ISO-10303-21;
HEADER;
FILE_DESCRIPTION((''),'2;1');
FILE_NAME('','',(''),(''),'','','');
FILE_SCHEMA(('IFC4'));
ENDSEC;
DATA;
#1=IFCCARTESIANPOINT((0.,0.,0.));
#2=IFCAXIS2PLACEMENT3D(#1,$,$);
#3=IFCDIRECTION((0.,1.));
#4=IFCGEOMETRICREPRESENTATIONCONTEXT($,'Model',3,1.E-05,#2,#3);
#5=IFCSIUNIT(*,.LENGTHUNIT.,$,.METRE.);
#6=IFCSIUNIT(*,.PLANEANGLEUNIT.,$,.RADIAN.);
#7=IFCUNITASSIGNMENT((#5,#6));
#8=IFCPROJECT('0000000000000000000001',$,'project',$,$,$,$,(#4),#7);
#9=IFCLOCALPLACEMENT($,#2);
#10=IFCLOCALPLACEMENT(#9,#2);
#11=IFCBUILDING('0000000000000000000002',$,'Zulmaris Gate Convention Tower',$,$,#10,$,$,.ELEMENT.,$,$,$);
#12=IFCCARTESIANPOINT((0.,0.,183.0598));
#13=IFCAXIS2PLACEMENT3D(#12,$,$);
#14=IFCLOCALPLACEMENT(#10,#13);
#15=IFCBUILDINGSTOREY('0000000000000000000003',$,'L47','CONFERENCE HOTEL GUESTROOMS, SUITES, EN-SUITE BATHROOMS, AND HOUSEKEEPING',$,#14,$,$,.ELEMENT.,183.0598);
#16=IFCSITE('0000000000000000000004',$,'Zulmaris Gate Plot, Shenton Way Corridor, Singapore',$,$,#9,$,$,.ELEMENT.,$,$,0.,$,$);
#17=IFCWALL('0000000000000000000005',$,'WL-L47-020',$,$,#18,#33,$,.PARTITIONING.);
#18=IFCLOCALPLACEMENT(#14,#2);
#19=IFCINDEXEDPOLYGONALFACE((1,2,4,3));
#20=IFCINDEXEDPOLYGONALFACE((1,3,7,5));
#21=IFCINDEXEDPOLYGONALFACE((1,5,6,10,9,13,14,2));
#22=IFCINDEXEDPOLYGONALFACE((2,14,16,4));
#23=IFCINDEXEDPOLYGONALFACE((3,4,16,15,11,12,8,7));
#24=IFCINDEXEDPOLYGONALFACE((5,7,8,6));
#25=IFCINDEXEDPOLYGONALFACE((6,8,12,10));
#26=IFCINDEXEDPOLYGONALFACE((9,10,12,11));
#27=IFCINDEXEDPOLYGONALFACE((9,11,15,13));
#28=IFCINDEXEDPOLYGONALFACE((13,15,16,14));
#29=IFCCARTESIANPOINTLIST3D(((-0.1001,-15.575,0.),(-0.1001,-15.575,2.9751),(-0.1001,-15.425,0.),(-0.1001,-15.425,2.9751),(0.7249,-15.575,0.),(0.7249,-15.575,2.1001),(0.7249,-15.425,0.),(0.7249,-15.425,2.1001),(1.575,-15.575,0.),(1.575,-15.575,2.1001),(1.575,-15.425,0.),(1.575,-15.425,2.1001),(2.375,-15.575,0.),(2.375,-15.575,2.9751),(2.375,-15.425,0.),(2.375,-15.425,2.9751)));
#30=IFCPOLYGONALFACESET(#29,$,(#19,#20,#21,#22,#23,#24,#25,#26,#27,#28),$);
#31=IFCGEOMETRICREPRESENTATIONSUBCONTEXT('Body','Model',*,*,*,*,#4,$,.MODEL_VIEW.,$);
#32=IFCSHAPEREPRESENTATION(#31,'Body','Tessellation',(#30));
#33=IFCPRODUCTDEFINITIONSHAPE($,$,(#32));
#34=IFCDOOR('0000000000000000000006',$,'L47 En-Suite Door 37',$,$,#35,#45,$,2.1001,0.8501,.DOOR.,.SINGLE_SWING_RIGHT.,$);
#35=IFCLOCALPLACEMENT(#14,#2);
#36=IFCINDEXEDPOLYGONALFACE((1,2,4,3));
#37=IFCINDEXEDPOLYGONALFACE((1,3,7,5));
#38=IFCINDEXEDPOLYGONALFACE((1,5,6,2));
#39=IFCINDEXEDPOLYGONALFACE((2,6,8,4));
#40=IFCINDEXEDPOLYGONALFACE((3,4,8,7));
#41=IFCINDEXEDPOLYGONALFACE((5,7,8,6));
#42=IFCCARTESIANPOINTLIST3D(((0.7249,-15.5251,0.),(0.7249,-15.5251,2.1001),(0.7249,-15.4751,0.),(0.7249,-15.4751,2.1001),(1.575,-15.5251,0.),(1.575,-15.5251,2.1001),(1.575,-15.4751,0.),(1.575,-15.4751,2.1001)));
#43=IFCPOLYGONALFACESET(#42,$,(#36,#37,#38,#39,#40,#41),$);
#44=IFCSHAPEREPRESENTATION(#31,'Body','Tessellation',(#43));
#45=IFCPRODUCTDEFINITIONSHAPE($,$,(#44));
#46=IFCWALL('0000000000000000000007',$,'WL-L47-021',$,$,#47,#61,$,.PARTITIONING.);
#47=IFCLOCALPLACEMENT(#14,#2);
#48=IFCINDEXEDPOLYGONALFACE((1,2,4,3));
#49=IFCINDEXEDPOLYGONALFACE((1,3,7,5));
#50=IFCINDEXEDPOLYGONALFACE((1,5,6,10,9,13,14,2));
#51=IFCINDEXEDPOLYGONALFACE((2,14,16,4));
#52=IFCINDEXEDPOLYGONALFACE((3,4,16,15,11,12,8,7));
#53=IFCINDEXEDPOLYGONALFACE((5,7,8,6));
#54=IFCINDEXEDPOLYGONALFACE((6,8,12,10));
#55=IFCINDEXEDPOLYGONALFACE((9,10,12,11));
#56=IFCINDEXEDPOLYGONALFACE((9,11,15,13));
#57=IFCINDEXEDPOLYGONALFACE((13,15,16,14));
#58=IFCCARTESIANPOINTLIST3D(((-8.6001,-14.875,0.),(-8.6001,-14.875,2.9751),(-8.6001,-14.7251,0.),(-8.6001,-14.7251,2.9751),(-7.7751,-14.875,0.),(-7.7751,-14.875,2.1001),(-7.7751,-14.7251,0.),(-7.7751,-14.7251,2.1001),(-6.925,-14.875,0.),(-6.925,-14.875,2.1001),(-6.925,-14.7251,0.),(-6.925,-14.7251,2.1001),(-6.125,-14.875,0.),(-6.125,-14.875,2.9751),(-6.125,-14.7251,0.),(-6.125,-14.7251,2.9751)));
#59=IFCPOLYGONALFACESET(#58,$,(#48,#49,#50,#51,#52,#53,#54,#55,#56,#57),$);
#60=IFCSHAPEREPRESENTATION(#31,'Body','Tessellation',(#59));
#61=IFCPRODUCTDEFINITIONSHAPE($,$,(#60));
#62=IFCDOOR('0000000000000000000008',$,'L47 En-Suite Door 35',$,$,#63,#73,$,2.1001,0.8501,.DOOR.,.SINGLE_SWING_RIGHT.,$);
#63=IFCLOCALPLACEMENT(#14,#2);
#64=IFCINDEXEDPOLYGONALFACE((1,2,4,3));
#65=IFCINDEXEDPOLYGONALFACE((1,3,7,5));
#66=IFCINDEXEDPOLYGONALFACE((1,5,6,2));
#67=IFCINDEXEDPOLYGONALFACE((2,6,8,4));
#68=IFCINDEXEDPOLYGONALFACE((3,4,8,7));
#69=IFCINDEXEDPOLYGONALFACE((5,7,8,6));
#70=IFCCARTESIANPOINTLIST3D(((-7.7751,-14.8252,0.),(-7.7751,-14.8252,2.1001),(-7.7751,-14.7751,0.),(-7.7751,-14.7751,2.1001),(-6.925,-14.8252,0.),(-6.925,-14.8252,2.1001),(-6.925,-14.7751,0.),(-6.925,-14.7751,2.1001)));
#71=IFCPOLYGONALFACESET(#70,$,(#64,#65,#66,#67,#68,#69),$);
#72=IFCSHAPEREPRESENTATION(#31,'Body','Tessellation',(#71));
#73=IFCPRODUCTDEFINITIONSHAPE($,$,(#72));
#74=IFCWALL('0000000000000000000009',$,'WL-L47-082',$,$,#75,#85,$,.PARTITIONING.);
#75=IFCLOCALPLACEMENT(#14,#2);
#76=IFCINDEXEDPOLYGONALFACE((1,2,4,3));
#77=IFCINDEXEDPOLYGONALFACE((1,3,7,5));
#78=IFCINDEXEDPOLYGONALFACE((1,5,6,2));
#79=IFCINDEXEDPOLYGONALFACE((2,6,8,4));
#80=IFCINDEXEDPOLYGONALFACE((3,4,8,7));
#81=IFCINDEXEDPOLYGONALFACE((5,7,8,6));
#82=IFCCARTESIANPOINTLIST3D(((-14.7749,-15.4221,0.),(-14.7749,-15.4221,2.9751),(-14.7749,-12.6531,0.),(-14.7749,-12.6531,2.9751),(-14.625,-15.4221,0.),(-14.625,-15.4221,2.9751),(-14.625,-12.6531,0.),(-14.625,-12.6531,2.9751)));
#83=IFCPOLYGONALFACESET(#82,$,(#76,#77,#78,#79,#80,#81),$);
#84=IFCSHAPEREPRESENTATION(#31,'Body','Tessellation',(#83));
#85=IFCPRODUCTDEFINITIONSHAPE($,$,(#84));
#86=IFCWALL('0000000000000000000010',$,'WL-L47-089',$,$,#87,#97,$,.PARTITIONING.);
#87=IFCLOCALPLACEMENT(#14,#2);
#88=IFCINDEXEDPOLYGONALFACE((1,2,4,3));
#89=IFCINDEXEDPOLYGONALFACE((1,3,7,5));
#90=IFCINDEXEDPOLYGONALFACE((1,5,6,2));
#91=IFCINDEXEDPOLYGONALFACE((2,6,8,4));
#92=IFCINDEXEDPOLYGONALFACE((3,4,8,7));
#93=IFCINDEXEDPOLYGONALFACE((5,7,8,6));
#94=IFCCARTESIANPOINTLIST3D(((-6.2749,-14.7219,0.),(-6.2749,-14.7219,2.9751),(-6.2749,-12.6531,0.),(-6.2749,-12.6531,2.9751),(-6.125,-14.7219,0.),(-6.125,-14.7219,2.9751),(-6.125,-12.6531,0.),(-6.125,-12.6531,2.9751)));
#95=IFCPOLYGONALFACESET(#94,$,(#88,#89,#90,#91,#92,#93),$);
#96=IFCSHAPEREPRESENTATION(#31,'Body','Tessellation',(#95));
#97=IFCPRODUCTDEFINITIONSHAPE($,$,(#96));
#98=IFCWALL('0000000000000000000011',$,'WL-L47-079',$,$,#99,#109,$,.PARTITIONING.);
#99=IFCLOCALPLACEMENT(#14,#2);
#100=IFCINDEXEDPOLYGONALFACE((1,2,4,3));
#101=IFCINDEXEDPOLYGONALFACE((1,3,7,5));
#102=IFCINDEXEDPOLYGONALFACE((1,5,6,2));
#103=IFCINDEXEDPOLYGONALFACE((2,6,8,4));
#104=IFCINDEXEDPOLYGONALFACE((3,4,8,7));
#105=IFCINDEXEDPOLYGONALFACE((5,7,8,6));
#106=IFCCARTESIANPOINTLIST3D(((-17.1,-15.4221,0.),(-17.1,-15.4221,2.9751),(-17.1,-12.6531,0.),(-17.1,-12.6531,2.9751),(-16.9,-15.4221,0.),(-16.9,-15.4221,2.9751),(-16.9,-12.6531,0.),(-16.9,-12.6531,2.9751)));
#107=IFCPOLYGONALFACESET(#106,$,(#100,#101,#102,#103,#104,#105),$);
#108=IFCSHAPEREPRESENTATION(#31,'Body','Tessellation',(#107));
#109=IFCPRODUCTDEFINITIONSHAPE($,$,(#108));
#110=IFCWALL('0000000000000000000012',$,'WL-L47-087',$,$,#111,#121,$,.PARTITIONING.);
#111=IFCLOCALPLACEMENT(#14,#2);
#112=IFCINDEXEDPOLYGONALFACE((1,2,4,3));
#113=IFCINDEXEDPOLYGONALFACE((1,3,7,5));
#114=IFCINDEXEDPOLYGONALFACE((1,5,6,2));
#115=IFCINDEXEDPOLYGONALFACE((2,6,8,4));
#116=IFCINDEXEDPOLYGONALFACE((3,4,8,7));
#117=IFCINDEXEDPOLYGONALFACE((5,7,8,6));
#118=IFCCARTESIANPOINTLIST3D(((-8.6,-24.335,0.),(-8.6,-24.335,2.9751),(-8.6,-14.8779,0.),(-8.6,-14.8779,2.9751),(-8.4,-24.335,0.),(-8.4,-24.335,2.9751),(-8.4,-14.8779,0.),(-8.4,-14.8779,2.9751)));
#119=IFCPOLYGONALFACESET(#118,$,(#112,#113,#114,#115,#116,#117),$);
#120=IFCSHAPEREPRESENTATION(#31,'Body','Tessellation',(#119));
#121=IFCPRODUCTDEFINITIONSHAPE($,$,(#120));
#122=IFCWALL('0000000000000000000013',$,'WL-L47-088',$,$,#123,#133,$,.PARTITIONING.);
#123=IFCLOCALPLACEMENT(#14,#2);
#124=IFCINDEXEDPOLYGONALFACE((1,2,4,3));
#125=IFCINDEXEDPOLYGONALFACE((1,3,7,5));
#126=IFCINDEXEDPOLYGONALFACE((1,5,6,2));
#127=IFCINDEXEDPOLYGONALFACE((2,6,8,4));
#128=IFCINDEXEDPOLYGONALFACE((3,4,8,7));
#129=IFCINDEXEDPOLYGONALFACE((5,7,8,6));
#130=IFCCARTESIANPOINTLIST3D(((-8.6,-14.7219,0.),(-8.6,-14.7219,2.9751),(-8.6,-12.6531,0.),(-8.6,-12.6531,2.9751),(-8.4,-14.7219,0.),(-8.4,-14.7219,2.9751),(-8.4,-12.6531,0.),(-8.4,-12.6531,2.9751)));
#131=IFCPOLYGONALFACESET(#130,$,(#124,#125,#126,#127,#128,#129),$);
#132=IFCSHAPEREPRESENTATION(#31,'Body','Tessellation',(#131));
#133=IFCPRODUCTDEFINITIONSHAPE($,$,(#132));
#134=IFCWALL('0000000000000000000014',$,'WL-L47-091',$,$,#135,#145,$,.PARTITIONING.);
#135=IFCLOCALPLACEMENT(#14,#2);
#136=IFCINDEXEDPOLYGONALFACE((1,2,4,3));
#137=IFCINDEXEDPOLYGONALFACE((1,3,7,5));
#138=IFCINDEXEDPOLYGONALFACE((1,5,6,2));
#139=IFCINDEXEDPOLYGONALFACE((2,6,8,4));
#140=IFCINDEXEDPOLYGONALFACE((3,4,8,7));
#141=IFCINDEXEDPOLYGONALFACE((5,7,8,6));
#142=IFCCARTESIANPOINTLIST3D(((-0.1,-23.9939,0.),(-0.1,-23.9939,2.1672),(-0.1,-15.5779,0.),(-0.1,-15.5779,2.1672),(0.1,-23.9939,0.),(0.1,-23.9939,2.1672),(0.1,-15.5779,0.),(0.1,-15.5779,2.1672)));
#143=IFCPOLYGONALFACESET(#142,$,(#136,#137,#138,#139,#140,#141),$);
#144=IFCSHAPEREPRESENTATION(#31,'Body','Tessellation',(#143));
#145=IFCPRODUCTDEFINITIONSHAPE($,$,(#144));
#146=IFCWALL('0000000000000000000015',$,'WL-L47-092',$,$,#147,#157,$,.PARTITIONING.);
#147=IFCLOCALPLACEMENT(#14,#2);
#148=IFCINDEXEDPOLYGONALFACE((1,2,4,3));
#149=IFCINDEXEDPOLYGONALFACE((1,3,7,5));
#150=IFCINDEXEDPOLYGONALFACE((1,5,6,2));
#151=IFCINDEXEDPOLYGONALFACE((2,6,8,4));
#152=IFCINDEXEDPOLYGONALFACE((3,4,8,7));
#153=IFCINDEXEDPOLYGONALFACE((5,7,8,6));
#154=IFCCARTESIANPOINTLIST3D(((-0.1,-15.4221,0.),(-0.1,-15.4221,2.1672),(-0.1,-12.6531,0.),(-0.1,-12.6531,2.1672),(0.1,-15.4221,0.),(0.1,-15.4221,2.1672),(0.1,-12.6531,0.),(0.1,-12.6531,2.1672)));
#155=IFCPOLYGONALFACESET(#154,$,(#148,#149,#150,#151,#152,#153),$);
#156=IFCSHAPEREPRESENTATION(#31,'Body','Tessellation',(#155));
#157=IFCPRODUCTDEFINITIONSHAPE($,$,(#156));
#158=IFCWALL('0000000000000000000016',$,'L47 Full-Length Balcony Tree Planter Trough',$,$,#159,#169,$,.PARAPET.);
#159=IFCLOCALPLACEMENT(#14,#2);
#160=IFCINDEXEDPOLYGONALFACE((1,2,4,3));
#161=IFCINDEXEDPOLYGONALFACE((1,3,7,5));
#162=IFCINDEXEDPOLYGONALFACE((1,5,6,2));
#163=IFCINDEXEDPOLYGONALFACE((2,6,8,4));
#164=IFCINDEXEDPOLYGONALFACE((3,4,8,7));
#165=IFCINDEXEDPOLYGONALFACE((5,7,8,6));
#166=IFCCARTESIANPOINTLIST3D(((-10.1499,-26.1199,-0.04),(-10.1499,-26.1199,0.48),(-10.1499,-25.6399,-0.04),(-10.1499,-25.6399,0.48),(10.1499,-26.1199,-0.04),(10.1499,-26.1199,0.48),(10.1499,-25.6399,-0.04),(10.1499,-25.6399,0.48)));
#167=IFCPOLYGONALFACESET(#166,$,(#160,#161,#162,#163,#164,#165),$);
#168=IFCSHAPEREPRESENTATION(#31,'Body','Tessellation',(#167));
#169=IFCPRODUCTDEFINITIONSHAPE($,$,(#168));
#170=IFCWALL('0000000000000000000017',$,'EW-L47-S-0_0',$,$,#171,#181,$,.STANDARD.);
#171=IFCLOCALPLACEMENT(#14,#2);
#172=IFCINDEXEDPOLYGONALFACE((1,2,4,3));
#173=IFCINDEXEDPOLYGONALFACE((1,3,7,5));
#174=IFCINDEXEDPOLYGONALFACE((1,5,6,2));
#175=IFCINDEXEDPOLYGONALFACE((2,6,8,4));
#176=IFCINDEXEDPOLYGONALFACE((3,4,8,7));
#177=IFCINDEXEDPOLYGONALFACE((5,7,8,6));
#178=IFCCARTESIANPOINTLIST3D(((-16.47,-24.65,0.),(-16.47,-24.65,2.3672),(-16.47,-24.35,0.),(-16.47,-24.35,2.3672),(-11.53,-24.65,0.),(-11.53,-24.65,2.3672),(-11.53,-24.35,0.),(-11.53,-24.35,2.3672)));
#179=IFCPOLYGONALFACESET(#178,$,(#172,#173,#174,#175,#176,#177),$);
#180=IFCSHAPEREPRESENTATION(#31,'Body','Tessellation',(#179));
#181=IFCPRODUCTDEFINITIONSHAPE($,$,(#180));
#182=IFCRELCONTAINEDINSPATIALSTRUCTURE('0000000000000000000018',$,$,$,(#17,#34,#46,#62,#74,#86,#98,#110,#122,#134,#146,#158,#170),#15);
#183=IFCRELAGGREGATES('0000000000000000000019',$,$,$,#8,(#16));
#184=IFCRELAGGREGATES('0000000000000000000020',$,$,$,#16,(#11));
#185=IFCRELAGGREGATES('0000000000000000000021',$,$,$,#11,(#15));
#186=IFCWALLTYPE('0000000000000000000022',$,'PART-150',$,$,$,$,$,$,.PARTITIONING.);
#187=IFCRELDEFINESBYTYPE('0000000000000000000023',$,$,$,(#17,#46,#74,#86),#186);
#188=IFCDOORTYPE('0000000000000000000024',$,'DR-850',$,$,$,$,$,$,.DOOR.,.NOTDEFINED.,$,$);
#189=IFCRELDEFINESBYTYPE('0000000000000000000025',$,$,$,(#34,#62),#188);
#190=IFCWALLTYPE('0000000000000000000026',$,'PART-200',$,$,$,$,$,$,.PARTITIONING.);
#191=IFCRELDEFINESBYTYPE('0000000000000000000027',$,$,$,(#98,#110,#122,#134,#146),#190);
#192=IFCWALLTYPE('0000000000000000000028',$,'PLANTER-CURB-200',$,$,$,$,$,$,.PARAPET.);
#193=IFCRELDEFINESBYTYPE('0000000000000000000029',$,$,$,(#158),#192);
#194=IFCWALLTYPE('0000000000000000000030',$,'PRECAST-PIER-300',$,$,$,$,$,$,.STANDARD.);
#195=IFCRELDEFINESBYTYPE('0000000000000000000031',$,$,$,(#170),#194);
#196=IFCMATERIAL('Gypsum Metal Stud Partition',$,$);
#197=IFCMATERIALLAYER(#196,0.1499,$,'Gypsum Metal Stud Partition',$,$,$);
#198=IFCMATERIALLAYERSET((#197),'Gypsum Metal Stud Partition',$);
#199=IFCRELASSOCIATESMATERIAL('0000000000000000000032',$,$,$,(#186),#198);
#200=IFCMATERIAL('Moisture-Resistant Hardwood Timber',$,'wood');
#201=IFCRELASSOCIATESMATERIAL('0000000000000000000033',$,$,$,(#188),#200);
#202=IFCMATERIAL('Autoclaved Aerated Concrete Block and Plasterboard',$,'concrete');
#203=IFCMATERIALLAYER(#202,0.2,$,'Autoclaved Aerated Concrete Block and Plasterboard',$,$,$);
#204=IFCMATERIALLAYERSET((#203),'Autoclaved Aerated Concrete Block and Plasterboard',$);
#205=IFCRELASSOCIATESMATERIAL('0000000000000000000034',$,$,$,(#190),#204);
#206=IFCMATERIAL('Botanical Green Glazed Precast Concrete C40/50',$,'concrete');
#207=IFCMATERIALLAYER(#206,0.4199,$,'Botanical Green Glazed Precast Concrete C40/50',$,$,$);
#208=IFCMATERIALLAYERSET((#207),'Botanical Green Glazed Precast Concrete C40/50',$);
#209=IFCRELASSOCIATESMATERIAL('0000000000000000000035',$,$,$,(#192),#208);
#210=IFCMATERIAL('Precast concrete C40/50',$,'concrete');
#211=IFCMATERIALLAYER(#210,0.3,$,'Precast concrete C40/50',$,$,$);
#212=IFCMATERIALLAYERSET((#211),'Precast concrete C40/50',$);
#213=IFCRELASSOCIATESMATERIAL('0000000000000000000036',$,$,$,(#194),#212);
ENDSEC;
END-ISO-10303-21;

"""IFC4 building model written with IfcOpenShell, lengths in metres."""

from ifc_helpers import new_model, si_unit, direction, frame, frame_2d, origin, place, context, subcontext, project, spatial, rectangle, extrude, material, layer, layer_set, type_object, element, fill, save


model = new_model("IFC4")

# Units and contexts
model_context = context("Model", 3, precision=1e-05, world=origin(), true_north=direction((0.0, 1.0)))
body_context = subcontext(model_context, "Body", "Model", "MODEL_VIEW")
ifc_project = project(units=[si_unit("LENGTHUNIT", "METRE"), si_unit("PLANEANGLEUNIT", "RADIAN")], contexts=[model_context])

# Site, building, storey
site_placement = place(None, origin())
site = spatial("IfcSite", under=ifc_project, at=site_placement, Name="Zulmaris Gate Plot, Shenton Way Corridor, Singapore", CompositionType="ELEMENT", RefElevation=0.0)
building_placement = place(site_placement, origin())
building = spatial("IfcBuilding", under=site, at=building_placement, Name="Zulmaris Gate Convention Tower", CompositionType="ELEMENT")
storey_placement = place(building_placement, frame((0.0, 0.0, 183.0598)))
storey = spatial("IfcBuildingStorey", under=building, at=storey_placement, Name="L47", Description="CONFERENCE HOTEL GUESTROOMS, SUITES, EN-SUITE BATHROOMS, AND HOUSEKEEPING", CompositionType="ELEMENT", Elevation=183.0598)

# Walls, openings, doors
ifc_material_1 = material(Name="Gypsum Metal Stud Partition")
ifc_layer_1 = layer(ifc_material_1, 0.1499, Name="Gypsum Metal Stud Partition")
ifc_layer_set_1 = layer_set([ifc_layer_1], Name="Gypsum Metal Stud Partition")
wall_type_1 = type_object("IfcWallType", Name="PART-150", PredefinedType="PARTITIONING", material=ifc_layer_set_1)
wall_1_placement = place(storey_placement, frame((-0.1001, -15.5, 0.0), z_axis=(0.0, 0.0, 1.0), x_axis=(1.0, 0.0, 0.0)))
wall_1 = element("IfcWall", 1, at=wall_1_placement, inside=storey, type_object=wall_type_1, Name="WL-L47-020", PredefinedType="PARTITIONING", context=body_context, shape_type="SweptSolid", body=[
    extrude(rectangle(XDim=2.4751, YDim=0.1499, at=frame_2d((1.2375, 0.0))), origin(), (0.0, 0.0, 1.0), 2.9751),
])
opening_1_placement = place(wall_1_placement, frame((0.825, 0.0, 0.0)))
opening_1 = element("IfcOpeningElement", 2, at=opening_1_placement, cuts=wall_1, PredefinedType="OPENING", context=body_context, shape_type="SweptSolid", body=[
    extrude(rectangle(XDim=0.8501, YDim=2.1001, at=frame_2d((0.425, 1.05))), frame((0.0, 0.085, 0.0), z_axis=(0.0, -1.0, 0.0), x_axis=(1.0, 0.0, 0.0)), (0.0, 0.0, 1.0), 0.1699),
])
ifc_material_2 = material(Name="Moisture-Resistant Hardwood Timber", Category="wood")
door_type_1 = type_object("IfcDoorType", Name="DR-850", OperationType="NOTDEFINED", PredefinedType="DOOR", material=ifc_material_2)
door_1_placement = place(opening_1_placement, origin())
door_1 = element("IfcDoor", 3, at=door_1_placement, inside=storey, type_object=door_type_1, Name="L47 En-Suite Door 37", OperationType="SINGLE_SWING_RIGHT", OverallHeight=2.1001, OverallWidth=0.8501, PredefinedType="DOOR", context=body_context, shape_type="SweptSolid", body=[
    extrude(rectangle(XDim=0.8501, YDim=2.1001, at=frame_2d((0.425, 1.05))), frame((0.0, 0.0249, 0.0), z_axis=(0.0, -1.0, 0.0), x_axis=(1.0, 0.0, 0.0)), (0.0, 0.0, 1.0), 0.05),
])
fill(opening_1, door_1)
wall_2_placement = place(storey_placement, frame((-8.6001, -14.8, 0.0), z_axis=(0.0, 0.0, 1.0), x_axis=(1.0, 0.0, 0.0)))
wall_2 = element("IfcWall", 4, at=wall_2_placement, inside=storey, type_object=wall_type_1, Name="WL-L47-021", PredefinedType="PARTITIONING", context=body_context, shape_type="SweptSolid", body=[
    extrude(rectangle(XDim=2.4751, YDim=0.1499, at=frame_2d((1.2375, 0.0))), origin(), (0.0, 0.0, 1.0), 2.9751),
])
opening_2_placement = place(wall_2_placement, frame((0.825, 0.0, 0.0)))
opening_2 = element("IfcOpeningElement", 5, at=opening_2_placement, cuts=wall_2, PredefinedType="OPENING", context=body_context, shape_type="SweptSolid", body=[
    extrude(rectangle(XDim=0.8501, YDim=2.1001, at=frame_2d((0.425, 1.05))), frame((0.0, 0.085, 0.0), z_axis=(0.0, -1.0, 0.0), x_axis=(1.0, 0.0, 0.0)), (0.0, 0.0, 1.0), 0.1699),
])
door_2_placement = place(opening_2_placement, origin())
door_2 = element("IfcDoor", 6, at=door_2_placement, inside=storey, type_object=door_type_1, Name="L47 En-Suite Door 35", OperationType="SINGLE_SWING_RIGHT", OverallHeight=2.1001, OverallWidth=0.8501, PredefinedType="DOOR", context=body_context, shape_type="SweptSolid", body=[
    extrude(rectangle(XDim=0.8501, YDim=2.1001, at=frame_2d((0.425, 1.05))), frame((0.0, 0.0249, 0.0), z_axis=(0.0, -1.0, 0.0), x_axis=(1.0, 0.0, 0.0)), (0.0, 0.0, 1.0), 0.05),
])
fill(opening_2, door_2)

# Walls
wall_3_placement = place(storey_placement, frame((-14.7, -15.4221, 0.0), z_axis=(0.0, 0.0, 1.0), x_axis=(0.0, 1.0, 0.0)))
element("IfcWall", 7, at=wall_3_placement, inside=storey, type_object=wall_type_1, Name="WL-L47-082", PredefinedType="PARTITIONING", context=body_context, shape_type="SweptSolid", body=[
    extrude(rectangle(XDim=2.769, YDim=0.1499, at=frame_2d((1.3845, 0.0))), origin(), (0.0, 0.0, 1.0), 2.9751),
])
wall_4_placement = place(storey_placement, frame((-6.2, -14.7219, 0.0), z_axis=(0.0, 0.0, 1.0), x_axis=(0.0, 1.0, 0.0)))
element("IfcWall", 8, at=wall_4_placement, inside=storey, type_object=wall_type_1, Name="WL-L47-089", PredefinedType="PARTITIONING", context=body_context, shape_type="SweptSolid", body=[
    extrude(rectangle(XDim=2.0688, YDim=0.1499, at=frame_2d((1.0344, 0.0))), origin(), (0.0, 0.0, 1.0), 2.9751),
])
ifc_material_3 = material(Name="Autoclaved Aerated Concrete Block and Plasterboard", Category="concrete")
ifc_layer_2 = layer(ifc_material_3, 0.2, Name="Autoclaved Aerated Concrete Block and Plasterboard")
ifc_layer_set_2 = layer_set([ifc_layer_2], Name="Autoclaved Aerated Concrete Block and Plasterboard")
wall_type_2 = type_object("IfcWallType", Name="PART-200", PredefinedType="PARTITIONING", material=ifc_layer_set_2)
wall_5_placement = place(storey_placement, frame((-17.0, -15.4221, 0.0), z_axis=(0.0, 0.0, 1.0), x_axis=(0.0, 1.0, 0.0)))
element("IfcWall", 9, at=wall_5_placement, inside=storey, type_object=wall_type_2, Name="WL-L47-079", PredefinedType="PARTITIONING", context=body_context, shape_type="SweptSolid", body=[
    extrude(rectangle(XDim=2.769, YDim=0.2, at=frame_2d((1.3845, 0.0))), origin(), (0.0, 0.0, 1.0), 2.9751),
])
wall_6_placement = place(storey_placement, frame((-8.5, -24.335, 0.0), z_axis=(0.0, 0.0, 1.0), x_axis=(0.0, 1.0, 0.0)))
element("IfcWall", 10, at=wall_6_placement, inside=storey, type_object=wall_type_2, Name="WL-L47-087", PredefinedType="PARTITIONING", context=body_context, shape_type="SweptSolid", body=[
    extrude(rectangle(XDim=9.457, YDim=0.2, at=frame_2d((4.7285, 0.0))), origin(), (0.0, 0.0, 1.0), 2.9751),
])
wall_7_placement = place(storey_placement, frame((-8.5, -14.7219, 0.0), z_axis=(0.0, 0.0, 1.0), x_axis=(0.0, 1.0, 0.0)))
element("IfcWall", 11, at=wall_7_placement, inside=storey, type_object=wall_type_2, Name="WL-L47-088", PredefinedType="PARTITIONING", context=body_context, shape_type="SweptSolid", body=[
    extrude(rectangle(XDim=2.0688, YDim=0.2, at=frame_2d((1.0344, 0.0))), origin(), (0.0, 0.0, 1.0), 2.9751),
])
wall_8_placement = place(storey_placement, frame((0.0, -23.9939, 0.0), z_axis=(0.0, 0.0, 1.0), x_axis=(0.0, 1.0, 0.0)))
element("IfcWall", 12, at=wall_8_placement, inside=storey, type_object=wall_type_2, Name="WL-L47-091", PredefinedType="PARTITIONING", context=body_context, shape_type="SweptSolid", body=[
    extrude(rectangle(XDim=8.416, YDim=0.2, at=frame_2d((4.208, 0.0))), origin(), (0.0, 0.0, 1.0), 2.1672),
])
wall_9_placement = place(storey_placement, frame((0.0, -15.4221, 0.0), z_axis=(0.0, 0.0, 1.0), x_axis=(0.0, 1.0, 0.0)))
element("IfcWall", 13, at=wall_9_placement, inside=storey, type_object=wall_type_2, Name="WL-L47-092", PredefinedType="PARTITIONING", context=body_context, shape_type="SweptSolid", body=[
    extrude(rectangle(XDim=2.769, YDim=0.2, at=frame_2d((1.3845, 0.0))), origin(), (0.0, 0.0, 1.0), 2.1672),
])
ifc_material_4 = material(Name="Botanical Green Glazed Precast Concrete C40/50", Category="concrete")
ifc_layer_3 = layer(ifc_material_4, 0.4199, Name="Botanical Green Glazed Precast Concrete C40/50")
ifc_layer_set_3 = layer_set([ifc_layer_3], Name="Botanical Green Glazed Precast Concrete C40/50")
wall_type_3 = type_object("IfcWallType", Name="PLANTER-CURB-200", PredefinedType="PARAPET", material=ifc_layer_set_3)
wall_10_placement = place(storey_placement, frame((-10.1499, -25.8799, -0.04), z_axis=(0.0, 0.0, 1.0), x_axis=(1.0, 0.0, 0.0)))
element("IfcWall", 14, at=wall_10_placement, inside=storey, type_object=wall_type_3, Name="L47 Full-Length Balcony Tree Planter Trough", PredefinedType="PARAPET", context=body_context, shape_type="SweptSolid", body=[
    extrude(rectangle(XDim=20.2998, YDim=0.48, at=frame_2d((10.1499, 0.0))), origin(), (0.0, 0.0, 1.0), 0.52),
])
ifc_material_5 = material(Name="Precast concrete C40/50", Category="concrete")
ifc_layer_4 = layer(ifc_material_5, 0.3, Name="Precast concrete C40/50")
ifc_layer_set_4 = layer_set([ifc_layer_4], Name="Precast concrete C40/50")
wall_type_4 = type_object("IfcWallType", Name="PRECAST-PIER-300", PredefinedType="STANDARD", material=ifc_layer_set_4)
wall_11_placement = place(storey_placement, frame((-16.47, -24.5, 0.0), z_axis=(0.0, 0.0, 1.0), x_axis=(1.0, 0.0, 0.0)))
element("IfcWall", 15, at=wall_11_placement, inside=storey, type_object=wall_type_4, Name="EW-L47-S-0_0", PredefinedType="STANDARD", context=body_context, shape_type="SweptSolid", body=[
    extrude(rectangle(XDim=4.9399, YDim=0.3, at=frame_2d((2.47, 0.0))), origin(), (0.0, 0.0, 1.0), 2.3672),
])

save(model, "model.ifc")
